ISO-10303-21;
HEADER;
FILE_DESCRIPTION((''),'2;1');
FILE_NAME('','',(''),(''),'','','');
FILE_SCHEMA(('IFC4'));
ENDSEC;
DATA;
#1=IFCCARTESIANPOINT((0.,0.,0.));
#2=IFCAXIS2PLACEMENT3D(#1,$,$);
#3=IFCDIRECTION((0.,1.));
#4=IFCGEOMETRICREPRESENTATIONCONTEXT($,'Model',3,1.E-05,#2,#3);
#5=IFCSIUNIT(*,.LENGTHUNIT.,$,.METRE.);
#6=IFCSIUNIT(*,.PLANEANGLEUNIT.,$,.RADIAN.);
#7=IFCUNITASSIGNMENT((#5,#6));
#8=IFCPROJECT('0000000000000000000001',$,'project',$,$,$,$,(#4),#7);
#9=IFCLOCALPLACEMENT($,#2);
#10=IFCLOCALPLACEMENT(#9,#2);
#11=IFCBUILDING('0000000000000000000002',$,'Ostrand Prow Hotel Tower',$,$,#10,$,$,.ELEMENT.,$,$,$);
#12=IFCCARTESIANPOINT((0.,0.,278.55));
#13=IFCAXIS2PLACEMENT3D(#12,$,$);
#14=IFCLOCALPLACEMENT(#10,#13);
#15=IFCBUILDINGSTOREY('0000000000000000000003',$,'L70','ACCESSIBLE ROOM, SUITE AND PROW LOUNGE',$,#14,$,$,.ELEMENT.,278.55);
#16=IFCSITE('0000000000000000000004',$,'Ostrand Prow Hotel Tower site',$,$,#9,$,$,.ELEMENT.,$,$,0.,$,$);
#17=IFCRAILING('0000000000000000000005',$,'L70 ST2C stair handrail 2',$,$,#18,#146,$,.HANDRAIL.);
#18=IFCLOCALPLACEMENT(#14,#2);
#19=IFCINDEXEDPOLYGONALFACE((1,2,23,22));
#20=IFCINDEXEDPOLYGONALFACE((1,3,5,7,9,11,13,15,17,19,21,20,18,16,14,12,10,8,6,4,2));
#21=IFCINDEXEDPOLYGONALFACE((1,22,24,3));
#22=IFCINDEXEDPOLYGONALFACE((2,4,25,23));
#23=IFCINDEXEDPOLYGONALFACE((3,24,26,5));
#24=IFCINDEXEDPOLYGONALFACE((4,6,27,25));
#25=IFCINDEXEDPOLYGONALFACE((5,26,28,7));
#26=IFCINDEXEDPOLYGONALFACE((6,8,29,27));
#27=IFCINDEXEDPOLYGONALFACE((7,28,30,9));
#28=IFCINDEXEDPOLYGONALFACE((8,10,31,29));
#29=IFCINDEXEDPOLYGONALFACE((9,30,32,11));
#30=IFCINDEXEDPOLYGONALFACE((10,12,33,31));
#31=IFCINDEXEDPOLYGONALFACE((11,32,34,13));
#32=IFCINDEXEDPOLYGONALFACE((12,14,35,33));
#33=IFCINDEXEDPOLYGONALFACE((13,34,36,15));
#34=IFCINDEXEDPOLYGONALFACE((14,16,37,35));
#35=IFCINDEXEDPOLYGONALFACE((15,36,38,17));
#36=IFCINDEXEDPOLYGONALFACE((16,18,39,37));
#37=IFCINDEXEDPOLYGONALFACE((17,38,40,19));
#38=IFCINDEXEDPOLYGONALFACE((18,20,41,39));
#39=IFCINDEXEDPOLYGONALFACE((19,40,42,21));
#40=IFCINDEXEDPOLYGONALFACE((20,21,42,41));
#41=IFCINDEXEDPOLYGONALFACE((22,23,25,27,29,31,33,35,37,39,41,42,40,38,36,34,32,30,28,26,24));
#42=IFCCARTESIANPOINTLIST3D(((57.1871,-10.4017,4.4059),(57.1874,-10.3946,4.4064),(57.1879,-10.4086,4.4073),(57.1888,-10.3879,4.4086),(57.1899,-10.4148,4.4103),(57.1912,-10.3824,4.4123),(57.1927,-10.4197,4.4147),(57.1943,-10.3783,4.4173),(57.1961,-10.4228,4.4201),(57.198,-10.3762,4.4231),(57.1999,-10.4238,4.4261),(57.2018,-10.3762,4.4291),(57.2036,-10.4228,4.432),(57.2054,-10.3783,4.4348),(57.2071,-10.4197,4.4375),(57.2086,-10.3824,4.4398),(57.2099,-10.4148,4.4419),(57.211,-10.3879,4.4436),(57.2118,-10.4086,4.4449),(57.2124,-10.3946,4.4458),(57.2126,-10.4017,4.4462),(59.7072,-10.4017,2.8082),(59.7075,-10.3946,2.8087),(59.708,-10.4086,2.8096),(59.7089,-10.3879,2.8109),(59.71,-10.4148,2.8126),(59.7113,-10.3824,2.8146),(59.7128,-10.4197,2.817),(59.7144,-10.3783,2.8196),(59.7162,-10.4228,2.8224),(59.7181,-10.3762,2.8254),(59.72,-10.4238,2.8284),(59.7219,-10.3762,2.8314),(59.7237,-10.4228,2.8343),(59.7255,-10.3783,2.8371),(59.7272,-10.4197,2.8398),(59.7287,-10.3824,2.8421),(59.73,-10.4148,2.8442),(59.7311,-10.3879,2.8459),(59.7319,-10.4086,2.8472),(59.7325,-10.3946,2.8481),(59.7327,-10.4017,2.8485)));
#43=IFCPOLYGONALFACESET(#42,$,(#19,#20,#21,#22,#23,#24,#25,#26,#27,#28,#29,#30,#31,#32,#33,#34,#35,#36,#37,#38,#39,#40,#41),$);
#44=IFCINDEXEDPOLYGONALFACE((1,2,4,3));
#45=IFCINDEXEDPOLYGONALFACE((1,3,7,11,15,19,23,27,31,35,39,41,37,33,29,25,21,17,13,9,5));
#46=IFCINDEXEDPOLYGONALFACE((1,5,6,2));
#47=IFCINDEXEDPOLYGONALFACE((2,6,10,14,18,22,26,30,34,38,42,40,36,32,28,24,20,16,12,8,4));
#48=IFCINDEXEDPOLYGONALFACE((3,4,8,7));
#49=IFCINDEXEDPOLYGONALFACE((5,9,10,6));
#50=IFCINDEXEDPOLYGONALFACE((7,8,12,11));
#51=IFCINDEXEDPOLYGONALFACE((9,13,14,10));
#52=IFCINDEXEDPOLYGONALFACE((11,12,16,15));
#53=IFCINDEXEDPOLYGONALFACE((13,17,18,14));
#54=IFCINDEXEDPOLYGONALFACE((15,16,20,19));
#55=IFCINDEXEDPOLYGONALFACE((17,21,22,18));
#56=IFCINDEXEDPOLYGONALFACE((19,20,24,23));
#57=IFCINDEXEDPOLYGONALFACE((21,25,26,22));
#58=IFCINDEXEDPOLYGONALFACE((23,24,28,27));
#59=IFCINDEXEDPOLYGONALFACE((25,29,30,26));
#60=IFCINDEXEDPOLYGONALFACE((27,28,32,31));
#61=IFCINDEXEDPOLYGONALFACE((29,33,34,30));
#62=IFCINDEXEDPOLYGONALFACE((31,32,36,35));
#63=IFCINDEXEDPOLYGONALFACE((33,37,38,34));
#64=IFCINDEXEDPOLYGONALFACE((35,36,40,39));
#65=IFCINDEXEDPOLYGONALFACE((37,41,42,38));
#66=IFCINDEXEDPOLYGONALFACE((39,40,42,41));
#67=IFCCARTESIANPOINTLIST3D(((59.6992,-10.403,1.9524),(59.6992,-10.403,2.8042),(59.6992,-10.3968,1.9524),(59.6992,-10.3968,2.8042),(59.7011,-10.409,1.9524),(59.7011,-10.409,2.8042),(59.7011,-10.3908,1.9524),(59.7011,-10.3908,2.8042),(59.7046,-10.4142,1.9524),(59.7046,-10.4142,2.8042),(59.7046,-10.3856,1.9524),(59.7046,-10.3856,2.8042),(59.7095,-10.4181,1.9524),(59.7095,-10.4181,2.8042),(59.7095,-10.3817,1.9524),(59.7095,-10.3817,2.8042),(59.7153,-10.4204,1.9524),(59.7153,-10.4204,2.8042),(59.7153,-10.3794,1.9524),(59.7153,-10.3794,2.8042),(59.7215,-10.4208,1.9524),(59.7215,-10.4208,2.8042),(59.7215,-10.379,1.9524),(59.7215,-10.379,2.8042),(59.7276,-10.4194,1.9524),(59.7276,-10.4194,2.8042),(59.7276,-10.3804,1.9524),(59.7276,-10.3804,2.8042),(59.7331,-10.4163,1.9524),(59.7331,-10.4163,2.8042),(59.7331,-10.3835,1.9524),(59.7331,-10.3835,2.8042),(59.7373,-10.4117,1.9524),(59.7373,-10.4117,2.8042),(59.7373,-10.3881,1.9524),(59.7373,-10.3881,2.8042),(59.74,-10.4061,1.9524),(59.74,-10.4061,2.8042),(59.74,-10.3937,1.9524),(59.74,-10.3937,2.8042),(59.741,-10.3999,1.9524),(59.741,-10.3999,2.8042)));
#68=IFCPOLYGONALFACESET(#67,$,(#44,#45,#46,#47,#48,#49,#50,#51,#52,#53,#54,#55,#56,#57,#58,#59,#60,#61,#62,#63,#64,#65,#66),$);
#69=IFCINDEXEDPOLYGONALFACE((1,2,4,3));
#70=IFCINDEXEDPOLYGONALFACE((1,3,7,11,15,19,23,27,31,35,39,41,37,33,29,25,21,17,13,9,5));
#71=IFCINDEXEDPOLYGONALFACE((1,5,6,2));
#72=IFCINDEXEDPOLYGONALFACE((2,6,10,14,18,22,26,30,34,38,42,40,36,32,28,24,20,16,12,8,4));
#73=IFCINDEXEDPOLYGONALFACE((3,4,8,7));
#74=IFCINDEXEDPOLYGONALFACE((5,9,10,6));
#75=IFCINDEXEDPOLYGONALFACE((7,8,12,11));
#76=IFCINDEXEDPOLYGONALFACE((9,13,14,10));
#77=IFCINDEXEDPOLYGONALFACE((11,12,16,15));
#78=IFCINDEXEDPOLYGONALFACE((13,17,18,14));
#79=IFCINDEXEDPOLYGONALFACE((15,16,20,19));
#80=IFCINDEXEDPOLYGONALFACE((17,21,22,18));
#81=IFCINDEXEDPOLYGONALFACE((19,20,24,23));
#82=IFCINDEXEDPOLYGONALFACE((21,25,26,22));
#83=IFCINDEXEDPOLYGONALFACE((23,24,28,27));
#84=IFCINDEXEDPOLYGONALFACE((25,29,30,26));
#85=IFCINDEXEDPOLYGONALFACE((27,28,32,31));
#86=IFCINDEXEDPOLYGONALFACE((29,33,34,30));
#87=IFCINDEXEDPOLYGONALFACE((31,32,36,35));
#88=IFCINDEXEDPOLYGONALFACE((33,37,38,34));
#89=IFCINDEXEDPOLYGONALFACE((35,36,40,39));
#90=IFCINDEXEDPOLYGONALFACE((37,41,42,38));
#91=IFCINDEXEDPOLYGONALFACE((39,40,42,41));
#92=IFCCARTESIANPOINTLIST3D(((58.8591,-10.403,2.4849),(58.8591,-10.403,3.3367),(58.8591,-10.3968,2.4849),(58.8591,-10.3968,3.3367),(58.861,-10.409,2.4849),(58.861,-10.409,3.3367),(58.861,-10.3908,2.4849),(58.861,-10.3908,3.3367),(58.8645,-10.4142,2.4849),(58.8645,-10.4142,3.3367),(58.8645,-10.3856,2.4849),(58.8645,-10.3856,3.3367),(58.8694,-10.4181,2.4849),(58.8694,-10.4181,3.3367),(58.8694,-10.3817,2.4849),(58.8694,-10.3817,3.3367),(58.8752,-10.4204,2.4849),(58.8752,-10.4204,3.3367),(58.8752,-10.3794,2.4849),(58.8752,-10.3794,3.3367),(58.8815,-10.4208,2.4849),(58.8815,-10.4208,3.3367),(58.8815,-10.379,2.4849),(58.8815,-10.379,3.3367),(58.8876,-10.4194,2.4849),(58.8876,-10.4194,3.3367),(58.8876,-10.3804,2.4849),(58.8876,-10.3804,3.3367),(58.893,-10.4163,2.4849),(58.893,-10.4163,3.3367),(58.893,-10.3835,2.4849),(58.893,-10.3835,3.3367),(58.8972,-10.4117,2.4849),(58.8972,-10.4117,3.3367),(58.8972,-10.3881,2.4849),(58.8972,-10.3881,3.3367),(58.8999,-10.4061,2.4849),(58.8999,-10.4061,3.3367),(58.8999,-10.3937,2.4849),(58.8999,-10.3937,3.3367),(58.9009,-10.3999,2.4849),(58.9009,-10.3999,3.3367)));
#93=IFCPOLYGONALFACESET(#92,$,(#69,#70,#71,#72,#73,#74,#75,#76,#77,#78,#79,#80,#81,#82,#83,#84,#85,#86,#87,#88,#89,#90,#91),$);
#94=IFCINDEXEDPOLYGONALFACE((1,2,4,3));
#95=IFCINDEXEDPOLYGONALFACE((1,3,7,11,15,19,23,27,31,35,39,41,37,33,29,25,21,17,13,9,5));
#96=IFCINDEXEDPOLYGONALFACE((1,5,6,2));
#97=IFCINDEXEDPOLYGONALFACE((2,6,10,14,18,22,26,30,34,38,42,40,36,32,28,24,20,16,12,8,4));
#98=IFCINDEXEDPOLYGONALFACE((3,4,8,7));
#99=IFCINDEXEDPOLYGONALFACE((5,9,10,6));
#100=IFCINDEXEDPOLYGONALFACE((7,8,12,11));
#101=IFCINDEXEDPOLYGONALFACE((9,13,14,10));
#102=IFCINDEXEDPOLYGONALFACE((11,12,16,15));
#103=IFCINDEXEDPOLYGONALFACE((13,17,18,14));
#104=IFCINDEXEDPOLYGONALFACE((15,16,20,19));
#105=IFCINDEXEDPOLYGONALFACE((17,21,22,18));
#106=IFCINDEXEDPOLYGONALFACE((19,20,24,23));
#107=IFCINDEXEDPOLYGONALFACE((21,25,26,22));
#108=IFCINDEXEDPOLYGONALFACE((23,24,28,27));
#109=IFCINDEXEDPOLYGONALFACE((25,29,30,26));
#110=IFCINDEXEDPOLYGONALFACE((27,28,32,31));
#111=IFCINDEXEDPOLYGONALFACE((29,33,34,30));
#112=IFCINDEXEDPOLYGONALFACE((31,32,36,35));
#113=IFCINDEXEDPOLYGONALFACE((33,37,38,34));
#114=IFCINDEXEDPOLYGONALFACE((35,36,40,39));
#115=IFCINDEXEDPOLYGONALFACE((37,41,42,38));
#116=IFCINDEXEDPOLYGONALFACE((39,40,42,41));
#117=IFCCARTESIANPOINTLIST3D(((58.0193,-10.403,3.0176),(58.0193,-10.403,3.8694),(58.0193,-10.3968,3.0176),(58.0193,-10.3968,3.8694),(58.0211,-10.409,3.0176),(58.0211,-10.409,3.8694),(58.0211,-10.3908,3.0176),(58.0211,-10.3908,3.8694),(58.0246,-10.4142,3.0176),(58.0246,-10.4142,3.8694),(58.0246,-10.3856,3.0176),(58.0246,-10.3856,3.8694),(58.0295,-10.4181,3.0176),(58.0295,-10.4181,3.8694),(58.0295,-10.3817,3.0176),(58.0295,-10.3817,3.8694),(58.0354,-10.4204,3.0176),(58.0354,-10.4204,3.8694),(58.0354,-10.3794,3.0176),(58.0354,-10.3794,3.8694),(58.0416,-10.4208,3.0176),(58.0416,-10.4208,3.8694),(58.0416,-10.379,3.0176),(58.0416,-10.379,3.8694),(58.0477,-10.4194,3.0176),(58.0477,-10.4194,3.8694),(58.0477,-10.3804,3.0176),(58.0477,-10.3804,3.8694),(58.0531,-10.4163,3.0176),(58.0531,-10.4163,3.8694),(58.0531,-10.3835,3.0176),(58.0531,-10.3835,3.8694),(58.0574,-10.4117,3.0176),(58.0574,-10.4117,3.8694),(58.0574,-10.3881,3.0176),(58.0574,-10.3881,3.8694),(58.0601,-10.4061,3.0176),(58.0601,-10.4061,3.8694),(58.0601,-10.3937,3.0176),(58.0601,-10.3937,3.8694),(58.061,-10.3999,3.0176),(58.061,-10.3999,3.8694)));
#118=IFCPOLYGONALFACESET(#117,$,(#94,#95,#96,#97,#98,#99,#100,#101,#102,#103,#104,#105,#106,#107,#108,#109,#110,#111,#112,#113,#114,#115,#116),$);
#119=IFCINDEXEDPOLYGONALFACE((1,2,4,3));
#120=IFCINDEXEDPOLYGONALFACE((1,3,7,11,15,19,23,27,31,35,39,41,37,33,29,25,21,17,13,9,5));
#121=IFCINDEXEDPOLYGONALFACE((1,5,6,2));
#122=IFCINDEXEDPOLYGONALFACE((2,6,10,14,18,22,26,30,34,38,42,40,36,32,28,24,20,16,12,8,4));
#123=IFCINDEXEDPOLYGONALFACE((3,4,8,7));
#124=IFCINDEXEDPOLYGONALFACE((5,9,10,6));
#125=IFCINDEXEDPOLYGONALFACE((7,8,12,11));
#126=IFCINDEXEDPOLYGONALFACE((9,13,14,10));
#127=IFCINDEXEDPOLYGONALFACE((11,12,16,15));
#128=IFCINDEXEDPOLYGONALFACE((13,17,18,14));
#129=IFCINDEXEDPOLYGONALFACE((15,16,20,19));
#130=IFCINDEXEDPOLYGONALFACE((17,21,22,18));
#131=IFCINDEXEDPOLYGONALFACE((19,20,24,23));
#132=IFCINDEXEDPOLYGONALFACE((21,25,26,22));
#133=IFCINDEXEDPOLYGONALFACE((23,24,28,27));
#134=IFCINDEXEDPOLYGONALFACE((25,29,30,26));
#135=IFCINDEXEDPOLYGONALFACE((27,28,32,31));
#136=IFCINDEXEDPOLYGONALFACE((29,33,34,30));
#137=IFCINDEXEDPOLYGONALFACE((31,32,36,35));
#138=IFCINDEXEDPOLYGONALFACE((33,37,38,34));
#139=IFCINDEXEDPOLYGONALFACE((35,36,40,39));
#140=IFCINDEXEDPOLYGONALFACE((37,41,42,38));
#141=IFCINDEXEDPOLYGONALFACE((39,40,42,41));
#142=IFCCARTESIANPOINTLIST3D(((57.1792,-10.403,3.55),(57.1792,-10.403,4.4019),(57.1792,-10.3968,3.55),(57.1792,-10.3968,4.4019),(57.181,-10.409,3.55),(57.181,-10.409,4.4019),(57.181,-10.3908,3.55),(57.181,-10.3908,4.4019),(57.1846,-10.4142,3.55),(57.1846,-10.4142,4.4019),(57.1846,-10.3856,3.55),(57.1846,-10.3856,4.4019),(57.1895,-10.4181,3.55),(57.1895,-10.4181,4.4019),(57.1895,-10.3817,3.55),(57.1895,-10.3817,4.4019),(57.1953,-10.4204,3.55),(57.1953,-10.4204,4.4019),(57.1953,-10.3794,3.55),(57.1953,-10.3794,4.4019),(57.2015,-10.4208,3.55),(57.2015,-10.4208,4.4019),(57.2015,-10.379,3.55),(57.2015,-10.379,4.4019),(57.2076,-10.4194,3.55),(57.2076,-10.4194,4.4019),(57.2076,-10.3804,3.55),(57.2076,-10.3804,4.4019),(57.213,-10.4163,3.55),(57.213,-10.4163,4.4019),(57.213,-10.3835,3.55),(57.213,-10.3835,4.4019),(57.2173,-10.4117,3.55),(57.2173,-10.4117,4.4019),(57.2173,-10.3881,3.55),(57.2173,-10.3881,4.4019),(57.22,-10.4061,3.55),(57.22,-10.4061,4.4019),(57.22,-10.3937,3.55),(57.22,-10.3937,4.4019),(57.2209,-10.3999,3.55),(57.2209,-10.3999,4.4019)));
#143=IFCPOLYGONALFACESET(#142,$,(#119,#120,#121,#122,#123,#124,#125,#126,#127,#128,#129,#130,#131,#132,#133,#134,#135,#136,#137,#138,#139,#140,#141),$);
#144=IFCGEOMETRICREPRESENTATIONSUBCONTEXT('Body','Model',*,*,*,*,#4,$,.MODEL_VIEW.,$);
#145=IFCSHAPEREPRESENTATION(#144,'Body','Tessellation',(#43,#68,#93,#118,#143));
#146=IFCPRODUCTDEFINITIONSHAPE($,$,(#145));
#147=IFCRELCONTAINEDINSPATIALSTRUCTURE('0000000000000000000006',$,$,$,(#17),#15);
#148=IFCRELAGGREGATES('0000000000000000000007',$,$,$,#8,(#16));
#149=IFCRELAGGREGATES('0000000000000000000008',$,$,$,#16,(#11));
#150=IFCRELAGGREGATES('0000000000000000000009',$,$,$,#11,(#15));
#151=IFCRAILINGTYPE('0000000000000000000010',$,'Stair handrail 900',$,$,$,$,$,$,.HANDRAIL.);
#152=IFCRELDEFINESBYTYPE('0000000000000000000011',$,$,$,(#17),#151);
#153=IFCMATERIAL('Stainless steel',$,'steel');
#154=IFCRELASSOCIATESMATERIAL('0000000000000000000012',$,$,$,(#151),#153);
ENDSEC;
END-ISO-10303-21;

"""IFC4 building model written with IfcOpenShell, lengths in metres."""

from ifc_helpers import new_model, si_unit, direction, frame, origin, origin_2d, place, context, subcontext, project, spatial, circle, extrude, material, type_object, element, save


model = new_model("IFC4")

# Units and contexts
model_context = context("Model", 3, precision=1e-05, world=origin(), true_north=direction((0.0, 1.0)))
body_context = subcontext(model_context, "Body", "Model", "MODEL_VIEW")
ifc_project = project(units=[si_unit("LENGTHUNIT", "METRE"), si_unit("PLANEANGLEUNIT", "RADIAN")], contexts=[model_context])

# Site, building, storey
site_placement = place(None, origin())
site = spatial("IfcSite", under=ifc_project, at=site_placement, Name="Ostrand Prow Hotel Tower site", CompositionType="ELEMENT", RefElevation=0.0)
building_placement = place(site_placement, origin())
building = spatial("IfcBuilding", under=site, at=building_placement, Name="Ostrand Prow Hotel Tower", CompositionType="ELEMENT")
storey_placement = place(building_placement, frame((0.0, 0.0, 278.55)))
storey = spatial("IfcBuildingStorey", under=building, at=storey_placement, Name="L70", Description="ACCESSIBLE ROOM, SUITE AND PROW LOUNGE", CompositionType="ELEMENT", Elevation=278.55)

# Railing
ifc_material_1 = material(Name="Stainless steel", Category="steel")
railing_type_1 = type_object("IfcRailingType", Name="Stair handrail 900", PredefinedType="HANDRAIL", material=ifc_material_1)
railing_1_placement = place(storey_placement, frame((59.72, -10.3999, 1.9524)))
element("IfcRailing", 1, at=railing_1_placement, inside=storey, type_object=railing_type_1, Name="L70 ST2C stair handrail 2", PredefinedType="HANDRAIL", context=body_context, shape_type="SweptSolid", body=[
    extrude(circle(Radius=0.0239, at=origin_2d()), frame((0.0, 0.0, 0.876), z_axis=(-0.84457, 0.0, 0.535445), x_axis=(0.0, -1.0, 0.0)), (0.0, 0.0, 1.0), 2.9839),
    extrude(circle(Radius=0.021, at=origin_2d()), origin(), (0.0, 0.0, 1.0), 0.8518),
    extrude(circle(Radius=0.021, at=origin_2d()), frame((-0.8401, 0.0, 0.5325)), (0.0, 0.0, 1.0), 0.8518),
    extrude(circle(Radius=0.021, at=origin_2d()), frame((-1.6799, 0.0, 1.0652)), (0.0, 0.0, 1.0), 0.8518),
    extrude(circle(Radius=0.021, at=origin_2d()), frame((-2.52, 0.0, 1.5977)), (0.0, 0.0, 1.0), 0.8518),
])

save(model, "model.ifc")
